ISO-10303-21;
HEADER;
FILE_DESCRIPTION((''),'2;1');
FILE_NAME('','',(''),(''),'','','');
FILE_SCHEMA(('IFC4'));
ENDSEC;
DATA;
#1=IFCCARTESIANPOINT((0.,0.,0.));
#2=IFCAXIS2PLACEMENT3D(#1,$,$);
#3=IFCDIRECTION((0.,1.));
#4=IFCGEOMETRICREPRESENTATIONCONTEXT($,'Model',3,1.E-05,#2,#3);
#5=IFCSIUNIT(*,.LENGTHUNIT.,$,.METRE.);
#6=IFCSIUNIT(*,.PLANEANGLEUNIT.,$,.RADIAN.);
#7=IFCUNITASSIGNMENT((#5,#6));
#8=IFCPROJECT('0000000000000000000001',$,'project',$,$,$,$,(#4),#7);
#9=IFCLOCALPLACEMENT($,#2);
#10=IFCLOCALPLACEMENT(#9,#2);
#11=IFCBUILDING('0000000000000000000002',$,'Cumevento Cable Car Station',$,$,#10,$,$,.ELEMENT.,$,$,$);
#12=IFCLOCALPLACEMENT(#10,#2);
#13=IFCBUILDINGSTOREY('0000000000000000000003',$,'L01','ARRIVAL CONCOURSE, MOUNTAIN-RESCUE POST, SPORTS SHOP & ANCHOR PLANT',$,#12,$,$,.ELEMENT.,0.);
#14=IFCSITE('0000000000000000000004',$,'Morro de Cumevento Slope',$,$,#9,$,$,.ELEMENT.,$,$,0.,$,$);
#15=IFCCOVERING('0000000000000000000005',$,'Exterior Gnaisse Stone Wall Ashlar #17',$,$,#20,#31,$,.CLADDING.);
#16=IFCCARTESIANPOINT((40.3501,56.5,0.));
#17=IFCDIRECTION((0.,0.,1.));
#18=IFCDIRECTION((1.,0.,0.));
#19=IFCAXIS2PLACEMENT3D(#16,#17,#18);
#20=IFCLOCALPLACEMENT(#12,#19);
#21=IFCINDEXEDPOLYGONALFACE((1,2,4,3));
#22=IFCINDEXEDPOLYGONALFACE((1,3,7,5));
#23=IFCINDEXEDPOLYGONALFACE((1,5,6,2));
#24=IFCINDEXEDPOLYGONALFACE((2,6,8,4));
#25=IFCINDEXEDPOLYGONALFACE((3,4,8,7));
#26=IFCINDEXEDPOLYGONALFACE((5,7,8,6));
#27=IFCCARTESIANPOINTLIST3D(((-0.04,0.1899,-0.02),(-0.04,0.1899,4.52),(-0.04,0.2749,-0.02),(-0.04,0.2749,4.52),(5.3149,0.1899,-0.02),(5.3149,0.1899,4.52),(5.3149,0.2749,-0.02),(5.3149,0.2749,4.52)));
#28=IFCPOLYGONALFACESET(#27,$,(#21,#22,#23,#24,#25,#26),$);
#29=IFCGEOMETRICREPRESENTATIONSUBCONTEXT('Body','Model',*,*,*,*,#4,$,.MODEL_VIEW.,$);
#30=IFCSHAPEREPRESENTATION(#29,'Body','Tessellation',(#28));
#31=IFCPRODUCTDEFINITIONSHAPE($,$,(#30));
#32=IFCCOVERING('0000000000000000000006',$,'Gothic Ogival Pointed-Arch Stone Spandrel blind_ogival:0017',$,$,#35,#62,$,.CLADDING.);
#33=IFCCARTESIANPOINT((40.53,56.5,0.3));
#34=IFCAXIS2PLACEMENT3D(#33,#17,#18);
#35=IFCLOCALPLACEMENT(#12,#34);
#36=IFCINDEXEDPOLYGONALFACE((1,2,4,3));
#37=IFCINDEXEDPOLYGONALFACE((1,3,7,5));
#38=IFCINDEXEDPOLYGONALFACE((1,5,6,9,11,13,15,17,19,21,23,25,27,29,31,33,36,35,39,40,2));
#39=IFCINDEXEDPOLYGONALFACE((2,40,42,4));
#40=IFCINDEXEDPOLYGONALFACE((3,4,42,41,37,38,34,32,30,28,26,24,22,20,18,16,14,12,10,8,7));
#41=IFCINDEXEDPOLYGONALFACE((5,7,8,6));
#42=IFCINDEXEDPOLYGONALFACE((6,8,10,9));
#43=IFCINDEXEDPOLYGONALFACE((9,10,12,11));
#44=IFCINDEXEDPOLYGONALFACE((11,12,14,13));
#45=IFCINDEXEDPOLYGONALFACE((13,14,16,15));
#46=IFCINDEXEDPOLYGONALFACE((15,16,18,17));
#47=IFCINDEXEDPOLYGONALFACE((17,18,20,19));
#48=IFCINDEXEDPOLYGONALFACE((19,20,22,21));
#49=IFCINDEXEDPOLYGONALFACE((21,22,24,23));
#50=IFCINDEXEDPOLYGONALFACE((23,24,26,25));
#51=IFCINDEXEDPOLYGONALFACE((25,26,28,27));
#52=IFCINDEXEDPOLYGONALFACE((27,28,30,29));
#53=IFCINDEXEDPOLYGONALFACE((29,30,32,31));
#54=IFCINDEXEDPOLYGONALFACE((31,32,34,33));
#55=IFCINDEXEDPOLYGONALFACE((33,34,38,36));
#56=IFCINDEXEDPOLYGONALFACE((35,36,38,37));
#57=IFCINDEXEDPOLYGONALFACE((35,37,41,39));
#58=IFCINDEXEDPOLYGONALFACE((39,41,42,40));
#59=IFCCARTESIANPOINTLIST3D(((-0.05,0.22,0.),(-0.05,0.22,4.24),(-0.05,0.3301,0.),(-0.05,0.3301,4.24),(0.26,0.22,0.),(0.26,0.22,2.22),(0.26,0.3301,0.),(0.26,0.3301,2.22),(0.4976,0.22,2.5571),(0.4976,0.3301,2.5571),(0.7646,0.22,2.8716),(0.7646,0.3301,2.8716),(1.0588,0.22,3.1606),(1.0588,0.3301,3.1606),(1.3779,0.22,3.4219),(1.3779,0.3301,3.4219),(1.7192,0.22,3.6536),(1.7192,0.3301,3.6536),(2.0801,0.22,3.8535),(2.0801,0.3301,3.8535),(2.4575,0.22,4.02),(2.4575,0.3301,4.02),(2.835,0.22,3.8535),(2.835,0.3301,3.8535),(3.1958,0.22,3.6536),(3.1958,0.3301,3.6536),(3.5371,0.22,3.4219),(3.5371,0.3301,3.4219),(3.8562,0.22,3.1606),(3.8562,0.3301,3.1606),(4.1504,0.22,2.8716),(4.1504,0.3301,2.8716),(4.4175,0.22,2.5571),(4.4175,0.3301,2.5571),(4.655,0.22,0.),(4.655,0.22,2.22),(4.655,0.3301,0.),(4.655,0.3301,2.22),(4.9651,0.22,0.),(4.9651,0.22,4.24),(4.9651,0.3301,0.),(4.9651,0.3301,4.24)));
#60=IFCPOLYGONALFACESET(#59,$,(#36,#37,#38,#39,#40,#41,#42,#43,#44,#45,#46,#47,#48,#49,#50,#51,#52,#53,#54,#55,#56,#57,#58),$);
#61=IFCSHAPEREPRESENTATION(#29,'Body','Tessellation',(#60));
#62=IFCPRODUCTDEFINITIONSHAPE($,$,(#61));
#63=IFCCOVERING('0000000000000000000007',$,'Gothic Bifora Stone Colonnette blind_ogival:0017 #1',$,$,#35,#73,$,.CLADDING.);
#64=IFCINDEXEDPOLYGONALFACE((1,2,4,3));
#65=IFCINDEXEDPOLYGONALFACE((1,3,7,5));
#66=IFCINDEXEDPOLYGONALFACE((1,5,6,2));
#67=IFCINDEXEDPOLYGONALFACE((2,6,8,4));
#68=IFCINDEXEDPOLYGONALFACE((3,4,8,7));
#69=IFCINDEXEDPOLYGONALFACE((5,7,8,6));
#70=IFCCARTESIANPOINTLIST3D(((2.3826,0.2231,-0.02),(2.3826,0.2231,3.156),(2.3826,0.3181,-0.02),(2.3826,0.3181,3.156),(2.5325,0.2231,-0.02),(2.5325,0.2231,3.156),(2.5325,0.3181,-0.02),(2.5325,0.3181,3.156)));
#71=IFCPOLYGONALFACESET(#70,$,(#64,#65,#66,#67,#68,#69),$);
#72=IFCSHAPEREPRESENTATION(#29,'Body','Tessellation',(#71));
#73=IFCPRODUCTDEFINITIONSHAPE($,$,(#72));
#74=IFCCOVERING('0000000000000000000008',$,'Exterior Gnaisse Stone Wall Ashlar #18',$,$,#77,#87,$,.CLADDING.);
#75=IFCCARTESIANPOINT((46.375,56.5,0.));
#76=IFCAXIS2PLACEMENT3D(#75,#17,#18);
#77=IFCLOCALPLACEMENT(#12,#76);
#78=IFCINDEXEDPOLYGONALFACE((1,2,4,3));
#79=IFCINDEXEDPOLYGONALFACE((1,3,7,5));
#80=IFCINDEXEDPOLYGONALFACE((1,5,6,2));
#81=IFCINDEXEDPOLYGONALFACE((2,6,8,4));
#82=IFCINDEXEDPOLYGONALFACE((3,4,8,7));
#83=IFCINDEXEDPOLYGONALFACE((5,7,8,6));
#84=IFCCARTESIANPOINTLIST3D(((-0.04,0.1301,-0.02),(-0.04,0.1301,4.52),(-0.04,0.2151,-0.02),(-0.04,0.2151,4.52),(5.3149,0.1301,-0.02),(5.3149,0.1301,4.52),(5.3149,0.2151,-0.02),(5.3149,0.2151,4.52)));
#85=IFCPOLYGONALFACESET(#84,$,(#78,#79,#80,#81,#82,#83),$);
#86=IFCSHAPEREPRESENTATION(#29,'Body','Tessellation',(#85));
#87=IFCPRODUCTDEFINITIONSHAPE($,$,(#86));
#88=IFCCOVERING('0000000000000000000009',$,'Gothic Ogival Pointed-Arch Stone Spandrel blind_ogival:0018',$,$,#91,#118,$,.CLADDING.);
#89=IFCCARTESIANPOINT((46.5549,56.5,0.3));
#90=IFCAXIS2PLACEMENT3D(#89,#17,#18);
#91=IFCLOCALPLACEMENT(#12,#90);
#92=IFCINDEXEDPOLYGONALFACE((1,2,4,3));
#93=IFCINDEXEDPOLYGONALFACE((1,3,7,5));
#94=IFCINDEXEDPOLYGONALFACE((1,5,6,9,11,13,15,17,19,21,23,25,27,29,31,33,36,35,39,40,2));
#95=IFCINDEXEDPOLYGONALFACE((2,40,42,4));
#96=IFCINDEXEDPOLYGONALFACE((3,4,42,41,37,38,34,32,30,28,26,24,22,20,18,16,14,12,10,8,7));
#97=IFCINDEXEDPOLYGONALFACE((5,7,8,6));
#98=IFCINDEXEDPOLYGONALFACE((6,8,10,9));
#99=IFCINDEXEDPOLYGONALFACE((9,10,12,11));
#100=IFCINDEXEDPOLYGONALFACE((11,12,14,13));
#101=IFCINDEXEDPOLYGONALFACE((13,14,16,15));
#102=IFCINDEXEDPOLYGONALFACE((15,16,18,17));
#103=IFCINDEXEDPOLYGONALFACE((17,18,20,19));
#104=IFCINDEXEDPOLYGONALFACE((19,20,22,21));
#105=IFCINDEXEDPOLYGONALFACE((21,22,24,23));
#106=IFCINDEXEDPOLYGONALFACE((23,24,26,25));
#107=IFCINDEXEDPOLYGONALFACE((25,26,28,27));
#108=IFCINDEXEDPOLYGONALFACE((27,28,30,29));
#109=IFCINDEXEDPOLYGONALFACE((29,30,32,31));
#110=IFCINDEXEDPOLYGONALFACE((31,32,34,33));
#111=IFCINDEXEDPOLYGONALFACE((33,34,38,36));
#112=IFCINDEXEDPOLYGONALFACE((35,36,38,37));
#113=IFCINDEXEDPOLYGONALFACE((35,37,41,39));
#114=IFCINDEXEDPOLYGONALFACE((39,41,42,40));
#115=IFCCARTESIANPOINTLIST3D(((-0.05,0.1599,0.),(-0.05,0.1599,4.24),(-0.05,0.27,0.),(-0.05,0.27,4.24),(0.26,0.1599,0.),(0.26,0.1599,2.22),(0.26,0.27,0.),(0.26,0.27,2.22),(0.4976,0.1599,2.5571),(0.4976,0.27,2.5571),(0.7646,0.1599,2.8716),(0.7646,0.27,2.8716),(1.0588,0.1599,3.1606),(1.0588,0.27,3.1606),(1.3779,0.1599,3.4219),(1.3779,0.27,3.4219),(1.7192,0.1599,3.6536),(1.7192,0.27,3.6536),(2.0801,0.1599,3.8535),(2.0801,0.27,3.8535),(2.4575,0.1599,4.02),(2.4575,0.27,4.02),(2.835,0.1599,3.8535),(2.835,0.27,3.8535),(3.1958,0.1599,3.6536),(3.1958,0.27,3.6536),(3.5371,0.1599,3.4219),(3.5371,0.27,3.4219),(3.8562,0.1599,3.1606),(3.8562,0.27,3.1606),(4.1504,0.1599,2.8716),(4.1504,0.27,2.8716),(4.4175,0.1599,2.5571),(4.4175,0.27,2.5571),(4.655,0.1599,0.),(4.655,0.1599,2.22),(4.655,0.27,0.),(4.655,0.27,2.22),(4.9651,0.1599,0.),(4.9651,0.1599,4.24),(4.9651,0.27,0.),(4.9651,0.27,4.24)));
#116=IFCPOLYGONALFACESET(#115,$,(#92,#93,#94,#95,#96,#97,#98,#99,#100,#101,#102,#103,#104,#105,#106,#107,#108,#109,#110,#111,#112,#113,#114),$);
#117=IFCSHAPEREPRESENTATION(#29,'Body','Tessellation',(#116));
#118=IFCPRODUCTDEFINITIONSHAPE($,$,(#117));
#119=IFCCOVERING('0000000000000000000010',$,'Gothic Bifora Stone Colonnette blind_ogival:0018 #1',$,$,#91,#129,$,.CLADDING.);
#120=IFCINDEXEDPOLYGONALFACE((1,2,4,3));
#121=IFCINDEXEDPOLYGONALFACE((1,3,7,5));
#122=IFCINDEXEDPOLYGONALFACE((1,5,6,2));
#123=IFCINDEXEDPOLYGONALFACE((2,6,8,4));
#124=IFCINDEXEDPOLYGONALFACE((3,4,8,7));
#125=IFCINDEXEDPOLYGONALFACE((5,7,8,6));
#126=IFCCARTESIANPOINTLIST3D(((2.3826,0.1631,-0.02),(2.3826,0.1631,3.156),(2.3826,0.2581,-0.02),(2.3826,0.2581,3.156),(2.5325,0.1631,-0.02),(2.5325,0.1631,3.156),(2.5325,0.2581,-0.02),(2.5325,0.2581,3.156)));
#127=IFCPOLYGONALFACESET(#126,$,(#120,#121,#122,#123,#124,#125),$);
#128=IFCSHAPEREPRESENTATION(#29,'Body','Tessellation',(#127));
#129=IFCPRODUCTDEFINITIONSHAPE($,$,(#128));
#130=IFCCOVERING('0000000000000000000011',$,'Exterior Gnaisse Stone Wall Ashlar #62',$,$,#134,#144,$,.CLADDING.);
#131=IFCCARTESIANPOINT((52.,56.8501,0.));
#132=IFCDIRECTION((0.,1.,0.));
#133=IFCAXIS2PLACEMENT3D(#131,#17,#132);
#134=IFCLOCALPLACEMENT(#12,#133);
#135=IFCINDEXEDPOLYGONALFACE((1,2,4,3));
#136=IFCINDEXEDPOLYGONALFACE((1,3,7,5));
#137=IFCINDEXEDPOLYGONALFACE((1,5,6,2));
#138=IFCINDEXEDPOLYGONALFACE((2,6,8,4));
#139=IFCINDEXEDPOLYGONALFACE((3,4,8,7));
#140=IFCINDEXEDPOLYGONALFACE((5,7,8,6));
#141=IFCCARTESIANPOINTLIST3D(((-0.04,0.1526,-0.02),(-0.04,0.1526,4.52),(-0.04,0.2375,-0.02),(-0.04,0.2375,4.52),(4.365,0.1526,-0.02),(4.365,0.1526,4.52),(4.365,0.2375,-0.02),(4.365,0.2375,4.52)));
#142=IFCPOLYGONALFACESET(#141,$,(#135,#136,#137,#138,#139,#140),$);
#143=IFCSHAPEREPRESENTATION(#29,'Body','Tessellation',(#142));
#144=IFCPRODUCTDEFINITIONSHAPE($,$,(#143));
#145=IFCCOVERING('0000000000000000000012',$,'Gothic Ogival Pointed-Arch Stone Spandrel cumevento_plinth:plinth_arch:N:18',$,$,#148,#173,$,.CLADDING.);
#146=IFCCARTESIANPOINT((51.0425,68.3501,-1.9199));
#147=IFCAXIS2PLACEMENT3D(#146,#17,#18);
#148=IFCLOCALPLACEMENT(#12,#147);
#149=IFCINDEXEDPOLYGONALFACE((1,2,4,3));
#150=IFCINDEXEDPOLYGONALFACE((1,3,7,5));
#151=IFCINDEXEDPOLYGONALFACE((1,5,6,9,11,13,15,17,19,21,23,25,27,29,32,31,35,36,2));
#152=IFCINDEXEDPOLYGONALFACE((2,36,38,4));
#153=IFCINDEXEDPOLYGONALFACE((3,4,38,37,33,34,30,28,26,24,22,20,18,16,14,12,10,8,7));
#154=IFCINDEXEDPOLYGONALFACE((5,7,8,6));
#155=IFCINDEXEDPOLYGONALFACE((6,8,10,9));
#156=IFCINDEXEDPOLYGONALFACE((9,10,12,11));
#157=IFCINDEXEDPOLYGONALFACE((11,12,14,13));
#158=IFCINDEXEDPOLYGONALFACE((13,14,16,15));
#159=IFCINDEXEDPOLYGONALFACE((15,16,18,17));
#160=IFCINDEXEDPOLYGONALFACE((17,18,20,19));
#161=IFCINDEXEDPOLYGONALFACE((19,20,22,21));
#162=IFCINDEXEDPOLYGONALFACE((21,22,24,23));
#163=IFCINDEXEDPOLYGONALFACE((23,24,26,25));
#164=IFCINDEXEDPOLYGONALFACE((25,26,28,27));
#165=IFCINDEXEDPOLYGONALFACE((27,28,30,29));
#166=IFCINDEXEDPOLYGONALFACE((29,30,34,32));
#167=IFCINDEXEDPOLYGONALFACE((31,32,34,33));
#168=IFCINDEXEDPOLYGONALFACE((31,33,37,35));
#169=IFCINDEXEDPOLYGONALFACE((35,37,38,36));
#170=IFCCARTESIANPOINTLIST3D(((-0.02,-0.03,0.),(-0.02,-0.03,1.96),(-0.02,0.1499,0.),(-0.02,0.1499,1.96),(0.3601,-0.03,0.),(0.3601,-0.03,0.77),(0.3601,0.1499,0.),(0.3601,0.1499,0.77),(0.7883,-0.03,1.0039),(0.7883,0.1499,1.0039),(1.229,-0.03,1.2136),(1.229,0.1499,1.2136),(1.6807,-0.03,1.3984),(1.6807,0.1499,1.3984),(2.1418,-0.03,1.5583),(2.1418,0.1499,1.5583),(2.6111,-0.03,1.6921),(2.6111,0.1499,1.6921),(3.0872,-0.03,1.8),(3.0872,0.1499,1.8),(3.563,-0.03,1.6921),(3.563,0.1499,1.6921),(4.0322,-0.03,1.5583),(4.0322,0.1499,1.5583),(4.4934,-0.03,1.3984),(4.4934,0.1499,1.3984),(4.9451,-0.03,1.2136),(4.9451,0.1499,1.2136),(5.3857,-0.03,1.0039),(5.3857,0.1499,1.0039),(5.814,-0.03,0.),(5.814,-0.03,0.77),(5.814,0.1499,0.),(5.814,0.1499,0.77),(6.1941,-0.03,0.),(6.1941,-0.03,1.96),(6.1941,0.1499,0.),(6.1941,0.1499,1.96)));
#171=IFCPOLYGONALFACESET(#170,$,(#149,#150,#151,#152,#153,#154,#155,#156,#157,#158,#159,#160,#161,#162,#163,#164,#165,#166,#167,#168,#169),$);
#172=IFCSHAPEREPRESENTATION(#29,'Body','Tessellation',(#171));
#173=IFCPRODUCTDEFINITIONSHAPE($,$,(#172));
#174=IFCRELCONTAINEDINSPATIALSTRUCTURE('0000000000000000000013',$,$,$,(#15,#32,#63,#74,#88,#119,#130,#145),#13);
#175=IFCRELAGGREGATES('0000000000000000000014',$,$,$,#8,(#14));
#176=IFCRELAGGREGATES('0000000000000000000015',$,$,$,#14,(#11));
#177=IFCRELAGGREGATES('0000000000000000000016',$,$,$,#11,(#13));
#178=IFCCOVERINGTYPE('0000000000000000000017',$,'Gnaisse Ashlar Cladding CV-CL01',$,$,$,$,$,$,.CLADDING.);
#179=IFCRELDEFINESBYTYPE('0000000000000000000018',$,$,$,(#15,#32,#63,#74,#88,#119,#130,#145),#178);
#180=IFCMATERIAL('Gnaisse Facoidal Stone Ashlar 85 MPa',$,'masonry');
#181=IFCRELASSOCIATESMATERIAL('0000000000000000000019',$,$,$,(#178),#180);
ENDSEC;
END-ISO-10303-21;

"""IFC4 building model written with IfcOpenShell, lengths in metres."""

from ifc_helpers import new_model, si_unit, direction, frame, origin, place, context, subcontext, project, spatial, polyline, outline, extrude, material, type_object, element, save


model = new_model("IFC4")

# Units and contexts
model_context = context("Model", 3, precision=1e-05, world=origin(), true_north=direction((0.0, 1.0)))
body_context = subcontext(model_context, "Body", "Model", "MODEL_VIEW")
ifc_project = project(units=[si_unit("LENGTHUNIT", "METRE"), si_unit("PLANEANGLEUNIT", "RADIAN")], contexts=[model_context])

# Site, building, storey
site_placement = place(None, origin())
site = spatial("IfcSite", under=ifc_project, at=site_placement, Name="Morro de Cumevento Slope", CompositionType="ELEMENT", RefElevation=0.0)
building_placement = place(site_placement, origin())
building = spatial("IfcBuilding", under=site, at=building_placement, Name="Cumevento Cable Car Station", CompositionType="ELEMENT")
storey_placement = place(building_placement, origin())
storey = spatial("IfcBuildingStorey", under=building, at=storey_placement, Name="L01", Description="ARRIVAL CONCOURSE, MOUNTAIN-RESCUE POST, SPORTS SHOP & ANCHOR PLANT", CompositionType="ELEMENT", Elevation=0.0)

# Coverings
ifc_material_1 = material(Name="Gnaisse Facoidal Stone Ashlar 85 MPa", Category="masonry")
covering_type = type_object("IfcCoveringType", Name="Gnaisse Ashlar Cladding CV-CL01", PredefinedType="CLADDING", material=ifc_material_1)
covering_1_placement = place(storey_placement, frame((40.3501, 56.5, 0.0), z_axis=(0.0, 0.0, 1.0), x_axis=(1.0, 0.0, 0.0)))
element("IfcCovering", 1, at=covering_1_placement, inside=storey, type_object=covering_type, Name="Exterior Gnaisse Stone Wall Ashlar #17", PredefinedType="CLADDING", context=body_context, shape_type="SweptSolid", body=[
    extrude(outline(polyline([(-0.04, -0.02), (5.3149, -0.02), (5.3149, 4.52), (-0.04, 4.52), (-0.04, -0.02)])), frame((0.0, 0.2749, 0.0), z_axis=(0.0, -1.0, 0.0), x_axis=(1.0, 0.0, 0.0)), (0.0, 0.0, 1.0), 0.085),
])
placement_1 = place(storey_placement, frame((40.53, 56.5, 0.3), z_axis=(0.0, 0.0, 1.0), x_axis=(1.0, 0.0, 0.0)))
element("IfcCovering", 2, at=placement_1, inside=storey, type_object=covering_type, Name="Gothic Ogival Pointed-Arch Stone Spandrel blind_ogival:0017", PredefinedType="CLADDING", context=body_context, shape_type="SweptSolid", body=[
    extrude(outline(polyline([(-0.05, 0.0), (-0.05, 4.24), (4.9651, 4.24), (4.9651, 0.0), (4.655, 0.0), (4.655, 2.22), (4.4175, 2.5571), (4.1504, 2.8716), (3.8562, 3.1606), (3.5371, 3.4219), (3.1958, 3.6536), (2.835, 3.8535), (2.4575, 4.02), (2.0801, 3.8535), (1.7192, 3.6536), (1.3779, 3.4219), (1.0588, 3.1606), (0.7646, 2.8716), (0.4976, 2.5571), (0.26, 2.22), (0.26, 0.0), (-0.05, 0.0)])), frame((0.0, 0.3301, 0.0), z_axis=(0.0, -1.0, 0.0), x_axis=(1.0, 0.0, 0.0)), (0.0, 0.0, 1.0), 0.1101),
])
element("IfcCovering", 3, at=placement_1, inside=storey, type_object=covering_type, Name="Gothic Bifora Stone Colonnette blind_ogival:0017 #1", PredefinedType="CLADDING", context=body_context, shape_type="SweptSolid", body=[
    extrude(outline(polyline([(2.3826, -0.02), (2.5325, -0.02), (2.5325, 3.156), (2.3826, 3.156), (2.3826, -0.02)])), frame((0.0, 0.3181, 0.0), z_axis=(0.0, -1.0, 0.0), x_axis=(1.0, 0.0, 0.0)), (0.0, 0.0, 1.0), 0.095),
])
covering_2_placement = place(storey_placement, frame((46.375, 56.5, 0.0), z_axis=(0.0, 0.0, 1.0), x_axis=(1.0, 0.0, 0.0)))
element("IfcCovering", 4, at=covering_2_placement, inside=storey, type_object=covering_type, Name="Exterior Gnaisse Stone Wall Ashlar #18", PredefinedType="CLADDING", context=body_context, shape_type="SweptSolid", body=[
    extrude(outline(polyline([(-0.04, -0.02), (5.3149, -0.02), (5.3149, 4.52), (-0.04, 4.52), (-0.04, -0.02)])), frame((0.0, 0.2151, 0.0), z_axis=(0.0, -1.0, 0.0), x_axis=(1.0, 0.0, 0.0)), (0.0, 0.0, 1.0), 0.085),
])
placement_2 = place(storey_placement, frame((46.5549, 56.5, 0.3), z_axis=(0.0, 0.0, 1.0), x_axis=(1.0, 0.0, 0.0)))
element("IfcCovering", 5, at=placement_2, inside=storey, type_object=covering_type, Name="Gothic Ogival Pointed-Arch Stone Spandrel blind_ogival:0018", PredefinedType="CLADDING", context=body_context, shape_type="SweptSolid", body=[
    extrude(outline(polyline([(-0.05, 0.0), (-0.05, 4.24), (4.9651, 4.24), (4.9651, 0.0), (4.655, 0.0), (4.655, 2.22), (4.4175, 2.5571), (4.1504, 2.8716), (3.8562, 3.1606), (3.5371, 3.4219), (3.1958, 3.6536), (2.835, 3.8535), (2.4575, 4.02), (2.0801, 3.8535), (1.7192, 3.6536), (1.3779, 3.4219), (1.0588, 3.1606), (0.7646, 2.8716), (0.4976, 2.5571), (0.26, 2.22), (0.26, 0.0), (-0.05, 0.0)])), frame((0.0, 0.27, 0.0), z_axis=(0.0, -1.0, 0.0), x_axis=(1.0, 0.0, 0.0)), (0.0, 0.0, 1.0), 0.1101),
])
element("IfcCovering", 6, at=placement_2, inside=storey, type_object=covering_type, Name="Gothic Bifora Stone Colonnette blind_ogival:0018 #1", PredefinedType="CLADDING", context=body_context, shape_type="SweptSolid", body=[
    extrude(outline(polyline([(2.3826, -0.02), (2.5325, -0.02), (2.5325, 3.156), (2.3826, 3.156), (2.3826, -0.02)])), frame((0.0, 0.2581, 0.0), z_axis=(0.0, -1.0, 0.0), x_axis=(1.0, 0.0, 0.0)), (0.0, 0.0, 1.0), 0.095),
])
covering_3_placement = place(storey_placement, frame((52.0, 56.8501, 0.0), z_axis=(0.0, 0.0, 1.0), x_axis=(0.0, 1.0, 0.0)))
element("IfcCovering", 7, at=covering_3_placement, inside=storey, type_object=covering_type, Name="Exterior Gnaisse Stone Wall Ashlar #62", PredefinedType="CLADDING", context=body_context, shape_type="SweptSolid", body=[
    extrude(outline(polyline([(-0.04, -0.02), (4.365, -0.02), (4.365, 4.52), (-0.04, 4.52), (-0.04, -0.02)])), frame((0.0, 0.2375, 0.0), z_axis=(0.0, -1.0, 0.0), x_axis=(1.0, 0.0, 0.0)), (0.0, 0.0, 1.0), 0.085),
])
for number, where, z_axis, x_axis, name in (
    (8, (51.0425, 68.3501, -1.9199), (0.0, 0.0, 1.0), (1.0, 0.0, 0.0), "Gothic Ogival Pointed-Arch Stone Spandrel cumevento_plinth:plinth_arch:N:18"),
):
    element("IfcCovering", number, at=place(storey_placement, frame(where, z_axis=z_axis, x_axis=x_axis)), inside=storey, type_object=covering_type, Name=name, PredefinedType="CLADDING", context=body_context, shape_type="SweptSolid", body=[
        extrude(outline(polyline([(-0.02, 0.0), (-0.02, 1.96), (6.1941, 1.96), (6.1941, 0.0), (5.814, 0.0), (5.814, 0.77), (5.3857, 1.0039), (4.9451, 1.2136), (4.4934, 1.3984), (4.0322, 1.5583), (3.563, 1.6921), (3.0872, 1.8), (2.6111, 1.6921), (2.1418, 1.5583), (1.6807, 1.3984), (1.229, 1.2136), (0.7883, 1.0039), (0.3601, 0.77), (0.3601, 0.0), (-0.02, 0.0)])), frame((0.0, 0.1499, 0.0), z_axis=(0.0, -1.0, 0.0), x_axis=(1.0, 0.0, 0.0)), (0.0, 0.0, 1.0), 0.1799),
    ])

save(model, "model.ifc")
